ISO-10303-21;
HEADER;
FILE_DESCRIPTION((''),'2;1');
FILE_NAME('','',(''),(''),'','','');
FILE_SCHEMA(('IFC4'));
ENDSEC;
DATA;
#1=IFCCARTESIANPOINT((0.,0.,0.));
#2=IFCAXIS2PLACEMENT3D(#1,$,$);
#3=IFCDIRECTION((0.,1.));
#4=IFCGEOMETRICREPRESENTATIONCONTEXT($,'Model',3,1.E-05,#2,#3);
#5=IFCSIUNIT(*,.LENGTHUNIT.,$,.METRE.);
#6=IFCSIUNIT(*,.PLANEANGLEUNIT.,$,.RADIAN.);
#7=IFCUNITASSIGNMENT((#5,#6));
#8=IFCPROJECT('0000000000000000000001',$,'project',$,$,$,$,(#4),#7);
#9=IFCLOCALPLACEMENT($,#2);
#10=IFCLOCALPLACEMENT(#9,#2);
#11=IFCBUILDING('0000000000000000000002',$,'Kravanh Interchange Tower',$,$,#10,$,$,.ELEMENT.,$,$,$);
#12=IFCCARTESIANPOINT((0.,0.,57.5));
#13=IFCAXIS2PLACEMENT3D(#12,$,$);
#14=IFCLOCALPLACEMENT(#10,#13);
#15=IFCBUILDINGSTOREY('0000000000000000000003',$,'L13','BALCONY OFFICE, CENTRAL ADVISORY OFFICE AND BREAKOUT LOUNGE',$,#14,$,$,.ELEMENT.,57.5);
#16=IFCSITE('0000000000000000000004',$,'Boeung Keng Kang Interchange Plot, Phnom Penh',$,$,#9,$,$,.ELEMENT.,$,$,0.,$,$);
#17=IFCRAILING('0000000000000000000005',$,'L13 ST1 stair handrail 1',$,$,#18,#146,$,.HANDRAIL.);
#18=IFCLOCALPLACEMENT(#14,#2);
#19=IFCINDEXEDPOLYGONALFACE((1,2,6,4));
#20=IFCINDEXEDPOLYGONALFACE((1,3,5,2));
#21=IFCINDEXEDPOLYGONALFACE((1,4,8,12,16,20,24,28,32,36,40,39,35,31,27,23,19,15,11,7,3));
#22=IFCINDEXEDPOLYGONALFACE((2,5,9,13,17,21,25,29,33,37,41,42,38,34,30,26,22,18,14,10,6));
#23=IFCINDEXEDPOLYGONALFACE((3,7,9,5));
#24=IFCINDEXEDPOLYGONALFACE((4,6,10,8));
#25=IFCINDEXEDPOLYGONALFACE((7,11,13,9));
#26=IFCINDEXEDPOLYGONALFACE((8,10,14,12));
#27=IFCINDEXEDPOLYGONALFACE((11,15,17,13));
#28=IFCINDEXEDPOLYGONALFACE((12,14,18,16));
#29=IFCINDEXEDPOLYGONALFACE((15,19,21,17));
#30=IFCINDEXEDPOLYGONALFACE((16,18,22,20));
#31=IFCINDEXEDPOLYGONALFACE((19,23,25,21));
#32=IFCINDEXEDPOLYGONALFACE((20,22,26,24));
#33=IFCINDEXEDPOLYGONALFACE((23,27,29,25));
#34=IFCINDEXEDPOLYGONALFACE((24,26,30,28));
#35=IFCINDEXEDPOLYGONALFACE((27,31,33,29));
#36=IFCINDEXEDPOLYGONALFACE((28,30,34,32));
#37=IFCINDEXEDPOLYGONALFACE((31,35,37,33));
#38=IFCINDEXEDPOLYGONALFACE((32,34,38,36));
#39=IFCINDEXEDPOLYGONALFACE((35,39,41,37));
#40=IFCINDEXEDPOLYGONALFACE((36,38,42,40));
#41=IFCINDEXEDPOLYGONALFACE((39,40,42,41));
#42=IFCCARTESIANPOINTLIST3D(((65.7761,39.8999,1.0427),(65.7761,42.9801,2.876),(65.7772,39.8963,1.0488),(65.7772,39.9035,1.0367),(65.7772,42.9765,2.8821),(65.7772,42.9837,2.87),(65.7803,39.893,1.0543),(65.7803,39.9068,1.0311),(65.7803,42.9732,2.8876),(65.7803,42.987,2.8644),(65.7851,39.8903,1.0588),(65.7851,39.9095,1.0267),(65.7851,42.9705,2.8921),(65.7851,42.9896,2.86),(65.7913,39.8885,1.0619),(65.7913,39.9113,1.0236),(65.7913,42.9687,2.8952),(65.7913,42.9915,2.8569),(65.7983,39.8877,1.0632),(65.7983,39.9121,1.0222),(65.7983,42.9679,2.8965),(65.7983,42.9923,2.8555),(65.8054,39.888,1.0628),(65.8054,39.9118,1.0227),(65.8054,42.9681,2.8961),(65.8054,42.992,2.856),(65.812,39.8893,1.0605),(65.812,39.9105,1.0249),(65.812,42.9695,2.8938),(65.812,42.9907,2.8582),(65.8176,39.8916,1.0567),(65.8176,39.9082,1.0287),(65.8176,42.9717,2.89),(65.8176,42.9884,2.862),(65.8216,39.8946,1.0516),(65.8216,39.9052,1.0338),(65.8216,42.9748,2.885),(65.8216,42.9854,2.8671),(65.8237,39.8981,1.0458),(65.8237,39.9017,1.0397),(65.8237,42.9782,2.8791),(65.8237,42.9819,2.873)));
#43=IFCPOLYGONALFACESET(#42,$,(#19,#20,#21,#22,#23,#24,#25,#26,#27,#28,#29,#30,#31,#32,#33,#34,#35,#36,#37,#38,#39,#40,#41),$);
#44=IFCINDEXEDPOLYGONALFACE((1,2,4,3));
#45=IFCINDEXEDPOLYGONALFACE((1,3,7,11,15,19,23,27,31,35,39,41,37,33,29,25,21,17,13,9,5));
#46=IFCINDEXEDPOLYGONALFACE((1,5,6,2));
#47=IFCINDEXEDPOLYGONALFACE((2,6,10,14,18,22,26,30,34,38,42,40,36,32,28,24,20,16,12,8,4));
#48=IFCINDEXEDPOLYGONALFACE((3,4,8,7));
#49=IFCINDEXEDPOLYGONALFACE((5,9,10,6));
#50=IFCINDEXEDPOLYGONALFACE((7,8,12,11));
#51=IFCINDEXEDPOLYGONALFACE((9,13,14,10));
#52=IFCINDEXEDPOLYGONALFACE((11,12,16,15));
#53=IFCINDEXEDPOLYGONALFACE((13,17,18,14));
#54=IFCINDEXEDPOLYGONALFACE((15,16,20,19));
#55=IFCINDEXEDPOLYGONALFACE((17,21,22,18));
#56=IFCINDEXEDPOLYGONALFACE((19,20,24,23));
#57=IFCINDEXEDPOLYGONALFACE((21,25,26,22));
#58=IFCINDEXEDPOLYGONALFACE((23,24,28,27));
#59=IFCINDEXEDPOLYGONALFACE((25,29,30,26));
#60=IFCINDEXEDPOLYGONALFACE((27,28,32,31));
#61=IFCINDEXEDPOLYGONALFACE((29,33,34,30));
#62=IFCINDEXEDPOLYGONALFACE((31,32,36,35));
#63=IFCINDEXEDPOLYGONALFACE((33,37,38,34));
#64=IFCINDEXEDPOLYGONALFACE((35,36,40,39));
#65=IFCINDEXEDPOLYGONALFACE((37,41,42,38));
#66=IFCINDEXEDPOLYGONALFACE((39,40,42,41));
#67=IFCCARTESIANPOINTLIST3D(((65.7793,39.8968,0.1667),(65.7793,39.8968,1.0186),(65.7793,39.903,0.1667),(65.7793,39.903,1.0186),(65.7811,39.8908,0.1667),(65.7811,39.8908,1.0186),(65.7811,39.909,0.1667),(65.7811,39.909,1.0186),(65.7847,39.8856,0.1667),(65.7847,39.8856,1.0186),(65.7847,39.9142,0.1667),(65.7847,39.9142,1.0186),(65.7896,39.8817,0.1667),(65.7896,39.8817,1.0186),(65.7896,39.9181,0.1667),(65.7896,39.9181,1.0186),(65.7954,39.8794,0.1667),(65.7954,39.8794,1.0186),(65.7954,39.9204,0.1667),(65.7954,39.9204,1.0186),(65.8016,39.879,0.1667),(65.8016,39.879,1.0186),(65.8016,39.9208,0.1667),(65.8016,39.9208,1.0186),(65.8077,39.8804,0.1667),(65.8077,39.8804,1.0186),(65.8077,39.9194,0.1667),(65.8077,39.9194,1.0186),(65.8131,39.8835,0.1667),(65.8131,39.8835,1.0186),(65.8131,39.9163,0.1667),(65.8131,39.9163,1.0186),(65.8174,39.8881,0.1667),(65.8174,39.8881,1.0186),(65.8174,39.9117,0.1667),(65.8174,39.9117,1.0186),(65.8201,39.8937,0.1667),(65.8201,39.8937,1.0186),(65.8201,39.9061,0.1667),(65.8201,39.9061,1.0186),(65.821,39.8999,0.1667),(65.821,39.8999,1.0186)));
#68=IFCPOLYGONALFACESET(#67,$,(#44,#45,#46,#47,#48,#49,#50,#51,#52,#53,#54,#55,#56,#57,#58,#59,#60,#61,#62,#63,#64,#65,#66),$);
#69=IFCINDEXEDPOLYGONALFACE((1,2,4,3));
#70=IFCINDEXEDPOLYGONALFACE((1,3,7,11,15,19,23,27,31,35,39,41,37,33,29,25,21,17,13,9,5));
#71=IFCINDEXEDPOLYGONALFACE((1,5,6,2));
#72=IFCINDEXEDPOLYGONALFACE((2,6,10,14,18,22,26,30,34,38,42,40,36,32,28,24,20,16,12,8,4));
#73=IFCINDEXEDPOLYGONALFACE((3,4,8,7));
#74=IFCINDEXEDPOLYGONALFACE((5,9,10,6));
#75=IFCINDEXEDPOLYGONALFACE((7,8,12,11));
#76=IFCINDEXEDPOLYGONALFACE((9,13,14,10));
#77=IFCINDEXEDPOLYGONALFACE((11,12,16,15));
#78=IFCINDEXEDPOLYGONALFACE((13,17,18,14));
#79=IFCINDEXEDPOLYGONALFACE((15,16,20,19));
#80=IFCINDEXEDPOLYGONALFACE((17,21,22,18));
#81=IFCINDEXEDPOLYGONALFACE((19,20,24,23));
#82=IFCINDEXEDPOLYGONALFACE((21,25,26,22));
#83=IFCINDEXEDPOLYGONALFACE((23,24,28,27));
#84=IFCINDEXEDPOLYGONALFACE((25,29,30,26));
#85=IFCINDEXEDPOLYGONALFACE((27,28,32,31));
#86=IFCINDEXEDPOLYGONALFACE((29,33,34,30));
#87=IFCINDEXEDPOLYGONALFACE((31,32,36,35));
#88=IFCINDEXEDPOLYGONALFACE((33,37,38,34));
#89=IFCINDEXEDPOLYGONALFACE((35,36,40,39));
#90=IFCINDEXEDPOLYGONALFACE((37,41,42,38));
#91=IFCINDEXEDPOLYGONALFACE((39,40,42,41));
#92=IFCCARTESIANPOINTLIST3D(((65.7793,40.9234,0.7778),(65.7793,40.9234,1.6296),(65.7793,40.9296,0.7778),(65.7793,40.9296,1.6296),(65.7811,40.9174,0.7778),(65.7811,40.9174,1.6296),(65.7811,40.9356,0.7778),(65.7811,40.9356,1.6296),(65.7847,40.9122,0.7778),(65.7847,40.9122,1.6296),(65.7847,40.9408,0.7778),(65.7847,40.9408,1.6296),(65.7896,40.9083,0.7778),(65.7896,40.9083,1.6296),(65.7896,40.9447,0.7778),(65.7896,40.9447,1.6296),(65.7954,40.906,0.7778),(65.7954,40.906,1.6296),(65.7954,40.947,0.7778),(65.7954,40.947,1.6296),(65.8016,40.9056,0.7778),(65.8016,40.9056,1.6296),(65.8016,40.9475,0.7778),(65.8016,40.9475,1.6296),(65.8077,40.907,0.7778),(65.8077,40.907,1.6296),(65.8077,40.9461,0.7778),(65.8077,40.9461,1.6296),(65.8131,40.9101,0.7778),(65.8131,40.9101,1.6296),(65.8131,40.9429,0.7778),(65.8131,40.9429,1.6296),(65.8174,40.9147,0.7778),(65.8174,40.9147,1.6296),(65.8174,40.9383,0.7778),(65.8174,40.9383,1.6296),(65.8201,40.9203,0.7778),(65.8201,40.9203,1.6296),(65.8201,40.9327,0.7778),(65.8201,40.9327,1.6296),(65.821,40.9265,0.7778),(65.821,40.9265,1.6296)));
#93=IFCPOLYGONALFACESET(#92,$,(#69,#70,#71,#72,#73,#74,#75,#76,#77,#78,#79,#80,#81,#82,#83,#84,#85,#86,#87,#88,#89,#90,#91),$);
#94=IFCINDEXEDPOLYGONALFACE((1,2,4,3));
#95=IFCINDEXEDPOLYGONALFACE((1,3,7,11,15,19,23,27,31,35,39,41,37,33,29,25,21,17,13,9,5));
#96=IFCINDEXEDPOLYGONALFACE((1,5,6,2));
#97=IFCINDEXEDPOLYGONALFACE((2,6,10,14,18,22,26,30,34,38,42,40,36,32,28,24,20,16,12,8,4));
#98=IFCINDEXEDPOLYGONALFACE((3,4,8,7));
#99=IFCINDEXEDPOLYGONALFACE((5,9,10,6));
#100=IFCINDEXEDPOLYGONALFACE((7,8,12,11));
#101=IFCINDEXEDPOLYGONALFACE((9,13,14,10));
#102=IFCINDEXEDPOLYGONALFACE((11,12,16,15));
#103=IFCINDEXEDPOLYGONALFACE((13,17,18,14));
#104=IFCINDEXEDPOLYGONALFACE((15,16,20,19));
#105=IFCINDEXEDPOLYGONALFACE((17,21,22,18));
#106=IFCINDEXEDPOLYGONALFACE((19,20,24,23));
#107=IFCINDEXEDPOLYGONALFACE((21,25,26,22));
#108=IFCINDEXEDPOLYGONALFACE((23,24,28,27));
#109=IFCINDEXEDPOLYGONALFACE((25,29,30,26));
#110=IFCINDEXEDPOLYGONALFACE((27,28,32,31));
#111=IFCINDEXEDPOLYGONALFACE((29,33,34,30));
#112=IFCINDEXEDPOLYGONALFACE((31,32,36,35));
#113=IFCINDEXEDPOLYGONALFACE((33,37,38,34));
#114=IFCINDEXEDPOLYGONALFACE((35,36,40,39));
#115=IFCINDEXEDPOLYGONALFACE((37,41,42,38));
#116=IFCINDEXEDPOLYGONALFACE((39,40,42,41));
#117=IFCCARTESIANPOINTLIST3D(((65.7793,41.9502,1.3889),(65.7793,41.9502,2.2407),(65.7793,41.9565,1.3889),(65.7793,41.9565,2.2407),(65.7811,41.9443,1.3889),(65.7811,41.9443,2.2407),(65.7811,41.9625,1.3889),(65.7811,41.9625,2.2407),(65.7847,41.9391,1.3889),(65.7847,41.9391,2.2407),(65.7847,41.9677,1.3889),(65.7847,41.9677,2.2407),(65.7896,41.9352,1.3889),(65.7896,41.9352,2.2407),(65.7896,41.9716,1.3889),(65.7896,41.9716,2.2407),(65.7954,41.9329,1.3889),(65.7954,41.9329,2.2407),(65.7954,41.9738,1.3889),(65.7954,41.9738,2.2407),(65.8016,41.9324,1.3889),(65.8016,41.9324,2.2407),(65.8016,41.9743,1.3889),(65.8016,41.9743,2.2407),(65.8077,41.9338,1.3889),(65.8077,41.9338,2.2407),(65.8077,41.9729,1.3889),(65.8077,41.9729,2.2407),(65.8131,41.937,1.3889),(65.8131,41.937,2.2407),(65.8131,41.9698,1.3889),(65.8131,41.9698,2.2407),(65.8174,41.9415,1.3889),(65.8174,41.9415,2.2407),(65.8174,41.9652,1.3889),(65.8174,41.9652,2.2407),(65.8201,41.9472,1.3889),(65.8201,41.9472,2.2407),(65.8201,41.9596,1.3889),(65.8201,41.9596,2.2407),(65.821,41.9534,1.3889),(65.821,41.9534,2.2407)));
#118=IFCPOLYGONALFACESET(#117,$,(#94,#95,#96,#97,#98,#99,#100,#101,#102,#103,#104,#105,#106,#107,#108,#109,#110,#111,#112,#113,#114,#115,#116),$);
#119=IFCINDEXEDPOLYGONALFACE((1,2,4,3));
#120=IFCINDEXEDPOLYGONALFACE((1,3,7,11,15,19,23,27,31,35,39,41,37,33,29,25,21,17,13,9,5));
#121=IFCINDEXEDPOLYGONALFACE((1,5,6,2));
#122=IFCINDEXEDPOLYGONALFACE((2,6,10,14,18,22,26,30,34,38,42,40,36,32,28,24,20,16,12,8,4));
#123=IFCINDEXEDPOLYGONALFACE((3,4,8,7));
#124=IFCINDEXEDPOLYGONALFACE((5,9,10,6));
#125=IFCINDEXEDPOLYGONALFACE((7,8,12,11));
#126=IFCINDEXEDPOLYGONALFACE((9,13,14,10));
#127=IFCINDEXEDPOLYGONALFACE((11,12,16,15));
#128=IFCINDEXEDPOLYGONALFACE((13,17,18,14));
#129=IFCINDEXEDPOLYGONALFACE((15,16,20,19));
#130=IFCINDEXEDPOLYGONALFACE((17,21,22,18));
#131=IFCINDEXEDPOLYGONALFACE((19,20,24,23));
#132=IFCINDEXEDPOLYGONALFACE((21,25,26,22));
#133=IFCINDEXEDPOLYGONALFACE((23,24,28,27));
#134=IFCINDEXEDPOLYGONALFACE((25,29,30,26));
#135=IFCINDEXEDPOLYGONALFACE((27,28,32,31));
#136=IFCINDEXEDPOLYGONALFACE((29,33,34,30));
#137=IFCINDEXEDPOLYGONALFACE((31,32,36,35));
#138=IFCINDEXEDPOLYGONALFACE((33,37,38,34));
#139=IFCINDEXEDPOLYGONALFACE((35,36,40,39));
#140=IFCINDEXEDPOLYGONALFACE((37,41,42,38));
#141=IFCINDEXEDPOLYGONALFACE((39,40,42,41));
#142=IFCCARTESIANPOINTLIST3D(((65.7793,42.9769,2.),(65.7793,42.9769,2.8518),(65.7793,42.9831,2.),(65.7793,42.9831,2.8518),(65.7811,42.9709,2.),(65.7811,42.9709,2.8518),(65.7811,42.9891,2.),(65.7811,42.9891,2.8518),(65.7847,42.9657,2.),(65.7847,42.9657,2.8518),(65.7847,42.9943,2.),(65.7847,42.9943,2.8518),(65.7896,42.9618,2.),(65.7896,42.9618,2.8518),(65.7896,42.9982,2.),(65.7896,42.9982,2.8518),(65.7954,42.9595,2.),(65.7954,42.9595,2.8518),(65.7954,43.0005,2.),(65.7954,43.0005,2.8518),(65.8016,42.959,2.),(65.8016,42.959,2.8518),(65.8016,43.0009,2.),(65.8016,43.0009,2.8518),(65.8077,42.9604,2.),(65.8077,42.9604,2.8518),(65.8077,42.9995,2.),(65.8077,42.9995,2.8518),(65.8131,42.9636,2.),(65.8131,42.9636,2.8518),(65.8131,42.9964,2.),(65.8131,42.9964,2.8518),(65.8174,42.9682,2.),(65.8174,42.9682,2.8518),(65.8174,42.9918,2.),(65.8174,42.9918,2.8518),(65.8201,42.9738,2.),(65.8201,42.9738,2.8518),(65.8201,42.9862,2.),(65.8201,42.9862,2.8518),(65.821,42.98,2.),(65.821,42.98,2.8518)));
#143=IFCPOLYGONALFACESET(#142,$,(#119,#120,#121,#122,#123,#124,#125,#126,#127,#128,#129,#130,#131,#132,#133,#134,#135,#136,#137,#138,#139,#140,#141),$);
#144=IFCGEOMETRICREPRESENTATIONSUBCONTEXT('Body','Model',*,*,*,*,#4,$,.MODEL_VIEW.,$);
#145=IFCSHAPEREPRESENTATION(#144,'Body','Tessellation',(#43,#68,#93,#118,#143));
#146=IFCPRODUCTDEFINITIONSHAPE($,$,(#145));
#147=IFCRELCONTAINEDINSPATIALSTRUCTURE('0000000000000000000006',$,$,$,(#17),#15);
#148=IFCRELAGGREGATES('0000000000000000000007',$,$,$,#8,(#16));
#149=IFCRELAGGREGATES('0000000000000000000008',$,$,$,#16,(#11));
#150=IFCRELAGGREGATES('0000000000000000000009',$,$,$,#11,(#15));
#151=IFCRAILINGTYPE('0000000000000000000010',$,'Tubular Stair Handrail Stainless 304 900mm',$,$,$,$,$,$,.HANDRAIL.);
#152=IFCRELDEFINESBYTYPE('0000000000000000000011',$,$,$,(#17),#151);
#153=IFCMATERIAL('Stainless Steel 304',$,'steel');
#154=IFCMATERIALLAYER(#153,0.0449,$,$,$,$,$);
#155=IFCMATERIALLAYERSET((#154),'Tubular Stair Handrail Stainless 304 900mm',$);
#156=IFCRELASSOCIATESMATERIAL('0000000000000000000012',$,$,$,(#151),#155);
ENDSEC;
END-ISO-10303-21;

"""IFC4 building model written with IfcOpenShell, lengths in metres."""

from ifc_helpers import new_model, si_unit, direction, frame, origin, origin_2d, place, context, subcontext, project, spatial, circle, extrude, material, layer, layer_set, type_object, element, save


model = new_model("IFC4")

# Units and contexts
model_context = context("Model", 3, precision=1e-05, world=origin(), true_north=direction((0.0, 1.0)))
body_context = subcontext(model_context, "Body", "Model", "MODEL_VIEW")
ifc_project = project(units=[si_unit("LENGTHUNIT", "METRE"), si_unit("PLANEANGLEUNIT", "RADIAN")], contexts=[model_context])

# Site, building, storey
site_placement = place(None, origin())
site = spatial("IfcSite", under=ifc_project, at=site_placement, Name="Boeung Keng Kang Interchange Plot, Phnom Penh", CompositionType="ELEMENT", RefElevation=0.0)
building_placement = place(site_placement, origin())
building = spatial("IfcBuilding", under=site, at=building_placement, Name="Kravanh Interchange Tower", CompositionType="ELEMENT")
storey_placement = place(building_placement, frame((0.0, 0.0, 57.5)))
storey = spatial("IfcBuildingStorey", under=building, at=storey_placement, Name="L13", Description="BALCONY OFFICE, CENTRAL ADVISORY OFFICE AND BREAKOUT LOUNGE", CompositionType="ELEMENT", Elevation=57.5)

# Railing
ifc_material_1 = material(Name="Stainless Steel 304", Category="steel")
ifc_layer_1 = layer(ifc_material_1, 0.0449)
ifc_layer_set_1 = layer_set([ifc_layer_1], Name="Tubular Stair Handrail Stainless 304 900mm")
railing_type_1 = type_object("IfcRailingType", Name="Tubular Stair Handrail Stainless 304 900mm", PredefinedType="HANDRAIL", material=ifc_layer_set_1)
railing_1_placement = place(storey_placement, frame((65.8, 39.8999, 0.1667)))
element("IfcRailing", 1, at=railing_1_placement, inside=storey, type_object=railing_type_1, Name="L13 ST1 stair handrail 1", PredefinedType="HANDRAIL", context=body_context, shape_type="SweptSolid", body=[
    extrude(circle(Radius=0.0239, at=origin_2d()), frame((0.0, 0.0, 0.876), z_axis=(0.0, 0.859309, 0.511458), x_axis=(-1.0, 0.0, 0.0)), (0.0, 0.0, 1.0), 3.5845),
    extrude(circle(Radius=0.021, at=origin_2d()), origin(), (0.0, 0.0, 1.0), 0.8518),
    extrude(circle(Radius=0.021, at=origin_2d()), frame((0.0, 1.0266, 0.6111)), (0.0, 0.0, 1.0), 0.8518),
    extrude(circle(Radius=0.021, at=origin_2d()), frame((0.0, 2.0535, 1.2222)), (0.0, 0.0, 1.0), 0.8518),
    extrude(circle(Radius=0.021, at=origin_2d()), frame((0.0, 3.0801, 1.8333)), (0.0, 0.0, 1.0), 0.8518),
])

save(model, "model.ifc")
